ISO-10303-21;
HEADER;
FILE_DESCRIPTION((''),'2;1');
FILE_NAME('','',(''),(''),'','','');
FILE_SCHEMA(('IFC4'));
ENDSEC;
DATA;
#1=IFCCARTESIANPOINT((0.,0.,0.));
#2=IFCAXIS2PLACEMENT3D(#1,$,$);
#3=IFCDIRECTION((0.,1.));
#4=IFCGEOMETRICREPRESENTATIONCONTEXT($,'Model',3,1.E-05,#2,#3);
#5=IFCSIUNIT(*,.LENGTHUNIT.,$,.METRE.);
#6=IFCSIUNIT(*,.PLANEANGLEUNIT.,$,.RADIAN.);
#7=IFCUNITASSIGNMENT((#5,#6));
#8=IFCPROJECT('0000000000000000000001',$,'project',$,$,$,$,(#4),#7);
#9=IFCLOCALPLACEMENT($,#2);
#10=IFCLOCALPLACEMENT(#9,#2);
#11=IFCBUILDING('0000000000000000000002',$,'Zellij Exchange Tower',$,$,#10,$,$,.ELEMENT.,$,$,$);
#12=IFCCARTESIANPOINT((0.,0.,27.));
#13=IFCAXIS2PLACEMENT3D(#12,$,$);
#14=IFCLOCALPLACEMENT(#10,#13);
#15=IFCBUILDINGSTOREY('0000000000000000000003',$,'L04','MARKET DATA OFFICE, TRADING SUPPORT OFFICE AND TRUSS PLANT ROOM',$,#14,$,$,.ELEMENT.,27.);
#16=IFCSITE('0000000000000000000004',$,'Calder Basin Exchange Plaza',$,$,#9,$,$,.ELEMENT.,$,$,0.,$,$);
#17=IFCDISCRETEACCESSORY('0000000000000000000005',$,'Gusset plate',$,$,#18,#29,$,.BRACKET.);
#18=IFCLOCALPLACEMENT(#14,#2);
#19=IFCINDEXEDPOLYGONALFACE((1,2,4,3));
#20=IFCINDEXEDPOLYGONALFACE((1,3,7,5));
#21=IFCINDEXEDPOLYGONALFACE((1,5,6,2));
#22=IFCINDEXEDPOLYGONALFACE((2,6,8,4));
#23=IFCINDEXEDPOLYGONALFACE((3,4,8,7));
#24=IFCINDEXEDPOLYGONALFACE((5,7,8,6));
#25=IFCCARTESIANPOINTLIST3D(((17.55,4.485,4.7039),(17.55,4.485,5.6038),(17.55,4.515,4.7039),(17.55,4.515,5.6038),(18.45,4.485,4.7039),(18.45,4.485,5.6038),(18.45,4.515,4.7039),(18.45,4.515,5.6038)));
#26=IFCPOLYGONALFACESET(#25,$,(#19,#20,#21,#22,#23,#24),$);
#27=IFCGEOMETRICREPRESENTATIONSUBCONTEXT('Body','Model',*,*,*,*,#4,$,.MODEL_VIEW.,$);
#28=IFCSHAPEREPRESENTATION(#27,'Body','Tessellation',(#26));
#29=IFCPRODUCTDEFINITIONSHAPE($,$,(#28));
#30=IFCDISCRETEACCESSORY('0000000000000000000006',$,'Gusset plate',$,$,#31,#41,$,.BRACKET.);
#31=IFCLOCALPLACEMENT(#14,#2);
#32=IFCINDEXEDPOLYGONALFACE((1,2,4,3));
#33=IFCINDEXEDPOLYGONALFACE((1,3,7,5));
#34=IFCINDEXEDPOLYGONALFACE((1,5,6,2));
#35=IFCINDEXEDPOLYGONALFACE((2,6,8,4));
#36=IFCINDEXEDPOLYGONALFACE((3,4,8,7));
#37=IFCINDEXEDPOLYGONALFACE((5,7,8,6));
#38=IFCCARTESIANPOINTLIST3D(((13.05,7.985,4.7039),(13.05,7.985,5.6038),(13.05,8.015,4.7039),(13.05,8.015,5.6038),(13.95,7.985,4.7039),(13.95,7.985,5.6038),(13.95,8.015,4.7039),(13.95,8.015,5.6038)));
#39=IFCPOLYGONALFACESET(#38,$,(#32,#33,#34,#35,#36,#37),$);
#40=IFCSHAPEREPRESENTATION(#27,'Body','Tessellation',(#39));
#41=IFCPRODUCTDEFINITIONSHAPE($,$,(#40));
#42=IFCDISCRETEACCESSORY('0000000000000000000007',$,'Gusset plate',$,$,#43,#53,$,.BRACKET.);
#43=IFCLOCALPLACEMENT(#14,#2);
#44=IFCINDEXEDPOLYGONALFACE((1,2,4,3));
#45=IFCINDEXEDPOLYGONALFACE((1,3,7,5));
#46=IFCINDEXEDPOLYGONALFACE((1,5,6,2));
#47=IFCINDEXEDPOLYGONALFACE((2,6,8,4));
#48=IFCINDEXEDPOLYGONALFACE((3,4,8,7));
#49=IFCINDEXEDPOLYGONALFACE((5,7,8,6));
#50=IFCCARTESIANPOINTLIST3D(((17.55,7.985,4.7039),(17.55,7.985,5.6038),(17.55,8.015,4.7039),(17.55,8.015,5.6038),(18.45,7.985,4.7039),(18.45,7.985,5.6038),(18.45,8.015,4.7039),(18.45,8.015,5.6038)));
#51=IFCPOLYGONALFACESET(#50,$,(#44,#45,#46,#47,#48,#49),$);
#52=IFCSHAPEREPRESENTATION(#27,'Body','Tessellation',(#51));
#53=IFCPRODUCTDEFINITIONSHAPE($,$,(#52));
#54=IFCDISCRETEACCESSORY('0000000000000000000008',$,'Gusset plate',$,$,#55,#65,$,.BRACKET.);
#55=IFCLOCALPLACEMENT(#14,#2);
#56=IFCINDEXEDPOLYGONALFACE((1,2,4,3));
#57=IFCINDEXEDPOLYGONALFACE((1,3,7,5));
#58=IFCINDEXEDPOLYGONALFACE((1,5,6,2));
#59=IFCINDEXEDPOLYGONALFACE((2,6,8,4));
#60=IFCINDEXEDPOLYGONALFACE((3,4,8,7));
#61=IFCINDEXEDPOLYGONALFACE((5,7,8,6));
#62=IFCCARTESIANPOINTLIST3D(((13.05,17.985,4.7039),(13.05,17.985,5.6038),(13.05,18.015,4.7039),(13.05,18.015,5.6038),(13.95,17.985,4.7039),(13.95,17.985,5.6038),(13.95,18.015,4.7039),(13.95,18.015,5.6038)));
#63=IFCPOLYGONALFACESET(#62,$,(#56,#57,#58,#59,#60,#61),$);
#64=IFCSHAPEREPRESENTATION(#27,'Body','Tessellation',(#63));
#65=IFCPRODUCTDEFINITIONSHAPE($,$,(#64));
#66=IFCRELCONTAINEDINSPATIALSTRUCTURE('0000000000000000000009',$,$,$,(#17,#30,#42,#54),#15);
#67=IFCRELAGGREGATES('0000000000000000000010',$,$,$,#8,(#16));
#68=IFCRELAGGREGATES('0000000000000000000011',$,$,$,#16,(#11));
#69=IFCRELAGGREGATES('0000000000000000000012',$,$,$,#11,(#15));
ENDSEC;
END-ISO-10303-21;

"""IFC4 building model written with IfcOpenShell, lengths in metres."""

from ifc_helpers import new_model, si_unit, direction, frame, origin, origin_2d, place, context, subcontext, project, spatial, rectangle, extrude, element, save


model = new_model("IFC4")

# Units and contexts
model_context = context("Model", 3, precision=1e-05, world=origin(), true_north=direction((0.0, 1.0)))
body_context = subcontext(model_context, "Body", "Model", "MODEL_VIEW")
ifc_project = project(units=[si_unit("LENGTHUNIT", "METRE"), si_unit("PLANEANGLEUNIT", "RADIAN")], contexts=[model_context])

# Site, building, storey
site_placement = place(None, origin())
site = spatial("IfcSite", under=ifc_project, at=site_placement, Name="Calder Basin Exchange Plaza", CompositionType="ELEMENT", RefElevation=0.0)
building_placement = place(site_placement, origin())
building = spatial("IfcBuilding", under=site, at=building_placement, Name="Zellij Exchange Tower", CompositionType="ELEMENT")
storey_placement = place(building_placement, frame((0.0, 0.0, 27.0)))
storey = spatial("IfcBuildingStorey", under=building, at=storey_placement, Name="L04", Description="MARKET DATA OFFICE, TRADING SUPPORT OFFICE AND TRUSS PLANT ROOM", CompositionType="ELEMENT", Elevation=27.0)

# Discrete accessories
for number, where, z_axis, x_axis, name in (
    (1, (18.0, 4.5, 4.7039), (0.0, 0.0, 1.0), (1.0, 0.0, 0.0), "Gusset plate"),
    (2, (13.5, 8.0, 4.7039), (0.0, 0.0, 1.0), (1.0, 0.0, 0.0), "Gusset plate"),
    (3, (18.0, 8.0, 4.7039), (0.0, 0.0, 1.0), (1.0, 0.0, 0.0), "Gusset plate"),
    (4, (13.5, 18.0, 4.7039), (0.0, 0.0, 1.0), (1.0, 0.0, 0.0), "Gusset plate"),
):
    element("IfcDiscreteAccessory", number, at=place(storey_placement, frame(where, z_axis=z_axis, x_axis=x_axis)), inside=storey, Name=name, PredefinedType="BRACKET", context=body_context, shape_type="SweptSolid", body=[
        extrude(rectangle(XDim=0.8999, YDim=0.03, at=origin_2d()), origin(), (0.0, 0.0, 1.0), 0.8999),
    ])

save(model, "model.ifc")
